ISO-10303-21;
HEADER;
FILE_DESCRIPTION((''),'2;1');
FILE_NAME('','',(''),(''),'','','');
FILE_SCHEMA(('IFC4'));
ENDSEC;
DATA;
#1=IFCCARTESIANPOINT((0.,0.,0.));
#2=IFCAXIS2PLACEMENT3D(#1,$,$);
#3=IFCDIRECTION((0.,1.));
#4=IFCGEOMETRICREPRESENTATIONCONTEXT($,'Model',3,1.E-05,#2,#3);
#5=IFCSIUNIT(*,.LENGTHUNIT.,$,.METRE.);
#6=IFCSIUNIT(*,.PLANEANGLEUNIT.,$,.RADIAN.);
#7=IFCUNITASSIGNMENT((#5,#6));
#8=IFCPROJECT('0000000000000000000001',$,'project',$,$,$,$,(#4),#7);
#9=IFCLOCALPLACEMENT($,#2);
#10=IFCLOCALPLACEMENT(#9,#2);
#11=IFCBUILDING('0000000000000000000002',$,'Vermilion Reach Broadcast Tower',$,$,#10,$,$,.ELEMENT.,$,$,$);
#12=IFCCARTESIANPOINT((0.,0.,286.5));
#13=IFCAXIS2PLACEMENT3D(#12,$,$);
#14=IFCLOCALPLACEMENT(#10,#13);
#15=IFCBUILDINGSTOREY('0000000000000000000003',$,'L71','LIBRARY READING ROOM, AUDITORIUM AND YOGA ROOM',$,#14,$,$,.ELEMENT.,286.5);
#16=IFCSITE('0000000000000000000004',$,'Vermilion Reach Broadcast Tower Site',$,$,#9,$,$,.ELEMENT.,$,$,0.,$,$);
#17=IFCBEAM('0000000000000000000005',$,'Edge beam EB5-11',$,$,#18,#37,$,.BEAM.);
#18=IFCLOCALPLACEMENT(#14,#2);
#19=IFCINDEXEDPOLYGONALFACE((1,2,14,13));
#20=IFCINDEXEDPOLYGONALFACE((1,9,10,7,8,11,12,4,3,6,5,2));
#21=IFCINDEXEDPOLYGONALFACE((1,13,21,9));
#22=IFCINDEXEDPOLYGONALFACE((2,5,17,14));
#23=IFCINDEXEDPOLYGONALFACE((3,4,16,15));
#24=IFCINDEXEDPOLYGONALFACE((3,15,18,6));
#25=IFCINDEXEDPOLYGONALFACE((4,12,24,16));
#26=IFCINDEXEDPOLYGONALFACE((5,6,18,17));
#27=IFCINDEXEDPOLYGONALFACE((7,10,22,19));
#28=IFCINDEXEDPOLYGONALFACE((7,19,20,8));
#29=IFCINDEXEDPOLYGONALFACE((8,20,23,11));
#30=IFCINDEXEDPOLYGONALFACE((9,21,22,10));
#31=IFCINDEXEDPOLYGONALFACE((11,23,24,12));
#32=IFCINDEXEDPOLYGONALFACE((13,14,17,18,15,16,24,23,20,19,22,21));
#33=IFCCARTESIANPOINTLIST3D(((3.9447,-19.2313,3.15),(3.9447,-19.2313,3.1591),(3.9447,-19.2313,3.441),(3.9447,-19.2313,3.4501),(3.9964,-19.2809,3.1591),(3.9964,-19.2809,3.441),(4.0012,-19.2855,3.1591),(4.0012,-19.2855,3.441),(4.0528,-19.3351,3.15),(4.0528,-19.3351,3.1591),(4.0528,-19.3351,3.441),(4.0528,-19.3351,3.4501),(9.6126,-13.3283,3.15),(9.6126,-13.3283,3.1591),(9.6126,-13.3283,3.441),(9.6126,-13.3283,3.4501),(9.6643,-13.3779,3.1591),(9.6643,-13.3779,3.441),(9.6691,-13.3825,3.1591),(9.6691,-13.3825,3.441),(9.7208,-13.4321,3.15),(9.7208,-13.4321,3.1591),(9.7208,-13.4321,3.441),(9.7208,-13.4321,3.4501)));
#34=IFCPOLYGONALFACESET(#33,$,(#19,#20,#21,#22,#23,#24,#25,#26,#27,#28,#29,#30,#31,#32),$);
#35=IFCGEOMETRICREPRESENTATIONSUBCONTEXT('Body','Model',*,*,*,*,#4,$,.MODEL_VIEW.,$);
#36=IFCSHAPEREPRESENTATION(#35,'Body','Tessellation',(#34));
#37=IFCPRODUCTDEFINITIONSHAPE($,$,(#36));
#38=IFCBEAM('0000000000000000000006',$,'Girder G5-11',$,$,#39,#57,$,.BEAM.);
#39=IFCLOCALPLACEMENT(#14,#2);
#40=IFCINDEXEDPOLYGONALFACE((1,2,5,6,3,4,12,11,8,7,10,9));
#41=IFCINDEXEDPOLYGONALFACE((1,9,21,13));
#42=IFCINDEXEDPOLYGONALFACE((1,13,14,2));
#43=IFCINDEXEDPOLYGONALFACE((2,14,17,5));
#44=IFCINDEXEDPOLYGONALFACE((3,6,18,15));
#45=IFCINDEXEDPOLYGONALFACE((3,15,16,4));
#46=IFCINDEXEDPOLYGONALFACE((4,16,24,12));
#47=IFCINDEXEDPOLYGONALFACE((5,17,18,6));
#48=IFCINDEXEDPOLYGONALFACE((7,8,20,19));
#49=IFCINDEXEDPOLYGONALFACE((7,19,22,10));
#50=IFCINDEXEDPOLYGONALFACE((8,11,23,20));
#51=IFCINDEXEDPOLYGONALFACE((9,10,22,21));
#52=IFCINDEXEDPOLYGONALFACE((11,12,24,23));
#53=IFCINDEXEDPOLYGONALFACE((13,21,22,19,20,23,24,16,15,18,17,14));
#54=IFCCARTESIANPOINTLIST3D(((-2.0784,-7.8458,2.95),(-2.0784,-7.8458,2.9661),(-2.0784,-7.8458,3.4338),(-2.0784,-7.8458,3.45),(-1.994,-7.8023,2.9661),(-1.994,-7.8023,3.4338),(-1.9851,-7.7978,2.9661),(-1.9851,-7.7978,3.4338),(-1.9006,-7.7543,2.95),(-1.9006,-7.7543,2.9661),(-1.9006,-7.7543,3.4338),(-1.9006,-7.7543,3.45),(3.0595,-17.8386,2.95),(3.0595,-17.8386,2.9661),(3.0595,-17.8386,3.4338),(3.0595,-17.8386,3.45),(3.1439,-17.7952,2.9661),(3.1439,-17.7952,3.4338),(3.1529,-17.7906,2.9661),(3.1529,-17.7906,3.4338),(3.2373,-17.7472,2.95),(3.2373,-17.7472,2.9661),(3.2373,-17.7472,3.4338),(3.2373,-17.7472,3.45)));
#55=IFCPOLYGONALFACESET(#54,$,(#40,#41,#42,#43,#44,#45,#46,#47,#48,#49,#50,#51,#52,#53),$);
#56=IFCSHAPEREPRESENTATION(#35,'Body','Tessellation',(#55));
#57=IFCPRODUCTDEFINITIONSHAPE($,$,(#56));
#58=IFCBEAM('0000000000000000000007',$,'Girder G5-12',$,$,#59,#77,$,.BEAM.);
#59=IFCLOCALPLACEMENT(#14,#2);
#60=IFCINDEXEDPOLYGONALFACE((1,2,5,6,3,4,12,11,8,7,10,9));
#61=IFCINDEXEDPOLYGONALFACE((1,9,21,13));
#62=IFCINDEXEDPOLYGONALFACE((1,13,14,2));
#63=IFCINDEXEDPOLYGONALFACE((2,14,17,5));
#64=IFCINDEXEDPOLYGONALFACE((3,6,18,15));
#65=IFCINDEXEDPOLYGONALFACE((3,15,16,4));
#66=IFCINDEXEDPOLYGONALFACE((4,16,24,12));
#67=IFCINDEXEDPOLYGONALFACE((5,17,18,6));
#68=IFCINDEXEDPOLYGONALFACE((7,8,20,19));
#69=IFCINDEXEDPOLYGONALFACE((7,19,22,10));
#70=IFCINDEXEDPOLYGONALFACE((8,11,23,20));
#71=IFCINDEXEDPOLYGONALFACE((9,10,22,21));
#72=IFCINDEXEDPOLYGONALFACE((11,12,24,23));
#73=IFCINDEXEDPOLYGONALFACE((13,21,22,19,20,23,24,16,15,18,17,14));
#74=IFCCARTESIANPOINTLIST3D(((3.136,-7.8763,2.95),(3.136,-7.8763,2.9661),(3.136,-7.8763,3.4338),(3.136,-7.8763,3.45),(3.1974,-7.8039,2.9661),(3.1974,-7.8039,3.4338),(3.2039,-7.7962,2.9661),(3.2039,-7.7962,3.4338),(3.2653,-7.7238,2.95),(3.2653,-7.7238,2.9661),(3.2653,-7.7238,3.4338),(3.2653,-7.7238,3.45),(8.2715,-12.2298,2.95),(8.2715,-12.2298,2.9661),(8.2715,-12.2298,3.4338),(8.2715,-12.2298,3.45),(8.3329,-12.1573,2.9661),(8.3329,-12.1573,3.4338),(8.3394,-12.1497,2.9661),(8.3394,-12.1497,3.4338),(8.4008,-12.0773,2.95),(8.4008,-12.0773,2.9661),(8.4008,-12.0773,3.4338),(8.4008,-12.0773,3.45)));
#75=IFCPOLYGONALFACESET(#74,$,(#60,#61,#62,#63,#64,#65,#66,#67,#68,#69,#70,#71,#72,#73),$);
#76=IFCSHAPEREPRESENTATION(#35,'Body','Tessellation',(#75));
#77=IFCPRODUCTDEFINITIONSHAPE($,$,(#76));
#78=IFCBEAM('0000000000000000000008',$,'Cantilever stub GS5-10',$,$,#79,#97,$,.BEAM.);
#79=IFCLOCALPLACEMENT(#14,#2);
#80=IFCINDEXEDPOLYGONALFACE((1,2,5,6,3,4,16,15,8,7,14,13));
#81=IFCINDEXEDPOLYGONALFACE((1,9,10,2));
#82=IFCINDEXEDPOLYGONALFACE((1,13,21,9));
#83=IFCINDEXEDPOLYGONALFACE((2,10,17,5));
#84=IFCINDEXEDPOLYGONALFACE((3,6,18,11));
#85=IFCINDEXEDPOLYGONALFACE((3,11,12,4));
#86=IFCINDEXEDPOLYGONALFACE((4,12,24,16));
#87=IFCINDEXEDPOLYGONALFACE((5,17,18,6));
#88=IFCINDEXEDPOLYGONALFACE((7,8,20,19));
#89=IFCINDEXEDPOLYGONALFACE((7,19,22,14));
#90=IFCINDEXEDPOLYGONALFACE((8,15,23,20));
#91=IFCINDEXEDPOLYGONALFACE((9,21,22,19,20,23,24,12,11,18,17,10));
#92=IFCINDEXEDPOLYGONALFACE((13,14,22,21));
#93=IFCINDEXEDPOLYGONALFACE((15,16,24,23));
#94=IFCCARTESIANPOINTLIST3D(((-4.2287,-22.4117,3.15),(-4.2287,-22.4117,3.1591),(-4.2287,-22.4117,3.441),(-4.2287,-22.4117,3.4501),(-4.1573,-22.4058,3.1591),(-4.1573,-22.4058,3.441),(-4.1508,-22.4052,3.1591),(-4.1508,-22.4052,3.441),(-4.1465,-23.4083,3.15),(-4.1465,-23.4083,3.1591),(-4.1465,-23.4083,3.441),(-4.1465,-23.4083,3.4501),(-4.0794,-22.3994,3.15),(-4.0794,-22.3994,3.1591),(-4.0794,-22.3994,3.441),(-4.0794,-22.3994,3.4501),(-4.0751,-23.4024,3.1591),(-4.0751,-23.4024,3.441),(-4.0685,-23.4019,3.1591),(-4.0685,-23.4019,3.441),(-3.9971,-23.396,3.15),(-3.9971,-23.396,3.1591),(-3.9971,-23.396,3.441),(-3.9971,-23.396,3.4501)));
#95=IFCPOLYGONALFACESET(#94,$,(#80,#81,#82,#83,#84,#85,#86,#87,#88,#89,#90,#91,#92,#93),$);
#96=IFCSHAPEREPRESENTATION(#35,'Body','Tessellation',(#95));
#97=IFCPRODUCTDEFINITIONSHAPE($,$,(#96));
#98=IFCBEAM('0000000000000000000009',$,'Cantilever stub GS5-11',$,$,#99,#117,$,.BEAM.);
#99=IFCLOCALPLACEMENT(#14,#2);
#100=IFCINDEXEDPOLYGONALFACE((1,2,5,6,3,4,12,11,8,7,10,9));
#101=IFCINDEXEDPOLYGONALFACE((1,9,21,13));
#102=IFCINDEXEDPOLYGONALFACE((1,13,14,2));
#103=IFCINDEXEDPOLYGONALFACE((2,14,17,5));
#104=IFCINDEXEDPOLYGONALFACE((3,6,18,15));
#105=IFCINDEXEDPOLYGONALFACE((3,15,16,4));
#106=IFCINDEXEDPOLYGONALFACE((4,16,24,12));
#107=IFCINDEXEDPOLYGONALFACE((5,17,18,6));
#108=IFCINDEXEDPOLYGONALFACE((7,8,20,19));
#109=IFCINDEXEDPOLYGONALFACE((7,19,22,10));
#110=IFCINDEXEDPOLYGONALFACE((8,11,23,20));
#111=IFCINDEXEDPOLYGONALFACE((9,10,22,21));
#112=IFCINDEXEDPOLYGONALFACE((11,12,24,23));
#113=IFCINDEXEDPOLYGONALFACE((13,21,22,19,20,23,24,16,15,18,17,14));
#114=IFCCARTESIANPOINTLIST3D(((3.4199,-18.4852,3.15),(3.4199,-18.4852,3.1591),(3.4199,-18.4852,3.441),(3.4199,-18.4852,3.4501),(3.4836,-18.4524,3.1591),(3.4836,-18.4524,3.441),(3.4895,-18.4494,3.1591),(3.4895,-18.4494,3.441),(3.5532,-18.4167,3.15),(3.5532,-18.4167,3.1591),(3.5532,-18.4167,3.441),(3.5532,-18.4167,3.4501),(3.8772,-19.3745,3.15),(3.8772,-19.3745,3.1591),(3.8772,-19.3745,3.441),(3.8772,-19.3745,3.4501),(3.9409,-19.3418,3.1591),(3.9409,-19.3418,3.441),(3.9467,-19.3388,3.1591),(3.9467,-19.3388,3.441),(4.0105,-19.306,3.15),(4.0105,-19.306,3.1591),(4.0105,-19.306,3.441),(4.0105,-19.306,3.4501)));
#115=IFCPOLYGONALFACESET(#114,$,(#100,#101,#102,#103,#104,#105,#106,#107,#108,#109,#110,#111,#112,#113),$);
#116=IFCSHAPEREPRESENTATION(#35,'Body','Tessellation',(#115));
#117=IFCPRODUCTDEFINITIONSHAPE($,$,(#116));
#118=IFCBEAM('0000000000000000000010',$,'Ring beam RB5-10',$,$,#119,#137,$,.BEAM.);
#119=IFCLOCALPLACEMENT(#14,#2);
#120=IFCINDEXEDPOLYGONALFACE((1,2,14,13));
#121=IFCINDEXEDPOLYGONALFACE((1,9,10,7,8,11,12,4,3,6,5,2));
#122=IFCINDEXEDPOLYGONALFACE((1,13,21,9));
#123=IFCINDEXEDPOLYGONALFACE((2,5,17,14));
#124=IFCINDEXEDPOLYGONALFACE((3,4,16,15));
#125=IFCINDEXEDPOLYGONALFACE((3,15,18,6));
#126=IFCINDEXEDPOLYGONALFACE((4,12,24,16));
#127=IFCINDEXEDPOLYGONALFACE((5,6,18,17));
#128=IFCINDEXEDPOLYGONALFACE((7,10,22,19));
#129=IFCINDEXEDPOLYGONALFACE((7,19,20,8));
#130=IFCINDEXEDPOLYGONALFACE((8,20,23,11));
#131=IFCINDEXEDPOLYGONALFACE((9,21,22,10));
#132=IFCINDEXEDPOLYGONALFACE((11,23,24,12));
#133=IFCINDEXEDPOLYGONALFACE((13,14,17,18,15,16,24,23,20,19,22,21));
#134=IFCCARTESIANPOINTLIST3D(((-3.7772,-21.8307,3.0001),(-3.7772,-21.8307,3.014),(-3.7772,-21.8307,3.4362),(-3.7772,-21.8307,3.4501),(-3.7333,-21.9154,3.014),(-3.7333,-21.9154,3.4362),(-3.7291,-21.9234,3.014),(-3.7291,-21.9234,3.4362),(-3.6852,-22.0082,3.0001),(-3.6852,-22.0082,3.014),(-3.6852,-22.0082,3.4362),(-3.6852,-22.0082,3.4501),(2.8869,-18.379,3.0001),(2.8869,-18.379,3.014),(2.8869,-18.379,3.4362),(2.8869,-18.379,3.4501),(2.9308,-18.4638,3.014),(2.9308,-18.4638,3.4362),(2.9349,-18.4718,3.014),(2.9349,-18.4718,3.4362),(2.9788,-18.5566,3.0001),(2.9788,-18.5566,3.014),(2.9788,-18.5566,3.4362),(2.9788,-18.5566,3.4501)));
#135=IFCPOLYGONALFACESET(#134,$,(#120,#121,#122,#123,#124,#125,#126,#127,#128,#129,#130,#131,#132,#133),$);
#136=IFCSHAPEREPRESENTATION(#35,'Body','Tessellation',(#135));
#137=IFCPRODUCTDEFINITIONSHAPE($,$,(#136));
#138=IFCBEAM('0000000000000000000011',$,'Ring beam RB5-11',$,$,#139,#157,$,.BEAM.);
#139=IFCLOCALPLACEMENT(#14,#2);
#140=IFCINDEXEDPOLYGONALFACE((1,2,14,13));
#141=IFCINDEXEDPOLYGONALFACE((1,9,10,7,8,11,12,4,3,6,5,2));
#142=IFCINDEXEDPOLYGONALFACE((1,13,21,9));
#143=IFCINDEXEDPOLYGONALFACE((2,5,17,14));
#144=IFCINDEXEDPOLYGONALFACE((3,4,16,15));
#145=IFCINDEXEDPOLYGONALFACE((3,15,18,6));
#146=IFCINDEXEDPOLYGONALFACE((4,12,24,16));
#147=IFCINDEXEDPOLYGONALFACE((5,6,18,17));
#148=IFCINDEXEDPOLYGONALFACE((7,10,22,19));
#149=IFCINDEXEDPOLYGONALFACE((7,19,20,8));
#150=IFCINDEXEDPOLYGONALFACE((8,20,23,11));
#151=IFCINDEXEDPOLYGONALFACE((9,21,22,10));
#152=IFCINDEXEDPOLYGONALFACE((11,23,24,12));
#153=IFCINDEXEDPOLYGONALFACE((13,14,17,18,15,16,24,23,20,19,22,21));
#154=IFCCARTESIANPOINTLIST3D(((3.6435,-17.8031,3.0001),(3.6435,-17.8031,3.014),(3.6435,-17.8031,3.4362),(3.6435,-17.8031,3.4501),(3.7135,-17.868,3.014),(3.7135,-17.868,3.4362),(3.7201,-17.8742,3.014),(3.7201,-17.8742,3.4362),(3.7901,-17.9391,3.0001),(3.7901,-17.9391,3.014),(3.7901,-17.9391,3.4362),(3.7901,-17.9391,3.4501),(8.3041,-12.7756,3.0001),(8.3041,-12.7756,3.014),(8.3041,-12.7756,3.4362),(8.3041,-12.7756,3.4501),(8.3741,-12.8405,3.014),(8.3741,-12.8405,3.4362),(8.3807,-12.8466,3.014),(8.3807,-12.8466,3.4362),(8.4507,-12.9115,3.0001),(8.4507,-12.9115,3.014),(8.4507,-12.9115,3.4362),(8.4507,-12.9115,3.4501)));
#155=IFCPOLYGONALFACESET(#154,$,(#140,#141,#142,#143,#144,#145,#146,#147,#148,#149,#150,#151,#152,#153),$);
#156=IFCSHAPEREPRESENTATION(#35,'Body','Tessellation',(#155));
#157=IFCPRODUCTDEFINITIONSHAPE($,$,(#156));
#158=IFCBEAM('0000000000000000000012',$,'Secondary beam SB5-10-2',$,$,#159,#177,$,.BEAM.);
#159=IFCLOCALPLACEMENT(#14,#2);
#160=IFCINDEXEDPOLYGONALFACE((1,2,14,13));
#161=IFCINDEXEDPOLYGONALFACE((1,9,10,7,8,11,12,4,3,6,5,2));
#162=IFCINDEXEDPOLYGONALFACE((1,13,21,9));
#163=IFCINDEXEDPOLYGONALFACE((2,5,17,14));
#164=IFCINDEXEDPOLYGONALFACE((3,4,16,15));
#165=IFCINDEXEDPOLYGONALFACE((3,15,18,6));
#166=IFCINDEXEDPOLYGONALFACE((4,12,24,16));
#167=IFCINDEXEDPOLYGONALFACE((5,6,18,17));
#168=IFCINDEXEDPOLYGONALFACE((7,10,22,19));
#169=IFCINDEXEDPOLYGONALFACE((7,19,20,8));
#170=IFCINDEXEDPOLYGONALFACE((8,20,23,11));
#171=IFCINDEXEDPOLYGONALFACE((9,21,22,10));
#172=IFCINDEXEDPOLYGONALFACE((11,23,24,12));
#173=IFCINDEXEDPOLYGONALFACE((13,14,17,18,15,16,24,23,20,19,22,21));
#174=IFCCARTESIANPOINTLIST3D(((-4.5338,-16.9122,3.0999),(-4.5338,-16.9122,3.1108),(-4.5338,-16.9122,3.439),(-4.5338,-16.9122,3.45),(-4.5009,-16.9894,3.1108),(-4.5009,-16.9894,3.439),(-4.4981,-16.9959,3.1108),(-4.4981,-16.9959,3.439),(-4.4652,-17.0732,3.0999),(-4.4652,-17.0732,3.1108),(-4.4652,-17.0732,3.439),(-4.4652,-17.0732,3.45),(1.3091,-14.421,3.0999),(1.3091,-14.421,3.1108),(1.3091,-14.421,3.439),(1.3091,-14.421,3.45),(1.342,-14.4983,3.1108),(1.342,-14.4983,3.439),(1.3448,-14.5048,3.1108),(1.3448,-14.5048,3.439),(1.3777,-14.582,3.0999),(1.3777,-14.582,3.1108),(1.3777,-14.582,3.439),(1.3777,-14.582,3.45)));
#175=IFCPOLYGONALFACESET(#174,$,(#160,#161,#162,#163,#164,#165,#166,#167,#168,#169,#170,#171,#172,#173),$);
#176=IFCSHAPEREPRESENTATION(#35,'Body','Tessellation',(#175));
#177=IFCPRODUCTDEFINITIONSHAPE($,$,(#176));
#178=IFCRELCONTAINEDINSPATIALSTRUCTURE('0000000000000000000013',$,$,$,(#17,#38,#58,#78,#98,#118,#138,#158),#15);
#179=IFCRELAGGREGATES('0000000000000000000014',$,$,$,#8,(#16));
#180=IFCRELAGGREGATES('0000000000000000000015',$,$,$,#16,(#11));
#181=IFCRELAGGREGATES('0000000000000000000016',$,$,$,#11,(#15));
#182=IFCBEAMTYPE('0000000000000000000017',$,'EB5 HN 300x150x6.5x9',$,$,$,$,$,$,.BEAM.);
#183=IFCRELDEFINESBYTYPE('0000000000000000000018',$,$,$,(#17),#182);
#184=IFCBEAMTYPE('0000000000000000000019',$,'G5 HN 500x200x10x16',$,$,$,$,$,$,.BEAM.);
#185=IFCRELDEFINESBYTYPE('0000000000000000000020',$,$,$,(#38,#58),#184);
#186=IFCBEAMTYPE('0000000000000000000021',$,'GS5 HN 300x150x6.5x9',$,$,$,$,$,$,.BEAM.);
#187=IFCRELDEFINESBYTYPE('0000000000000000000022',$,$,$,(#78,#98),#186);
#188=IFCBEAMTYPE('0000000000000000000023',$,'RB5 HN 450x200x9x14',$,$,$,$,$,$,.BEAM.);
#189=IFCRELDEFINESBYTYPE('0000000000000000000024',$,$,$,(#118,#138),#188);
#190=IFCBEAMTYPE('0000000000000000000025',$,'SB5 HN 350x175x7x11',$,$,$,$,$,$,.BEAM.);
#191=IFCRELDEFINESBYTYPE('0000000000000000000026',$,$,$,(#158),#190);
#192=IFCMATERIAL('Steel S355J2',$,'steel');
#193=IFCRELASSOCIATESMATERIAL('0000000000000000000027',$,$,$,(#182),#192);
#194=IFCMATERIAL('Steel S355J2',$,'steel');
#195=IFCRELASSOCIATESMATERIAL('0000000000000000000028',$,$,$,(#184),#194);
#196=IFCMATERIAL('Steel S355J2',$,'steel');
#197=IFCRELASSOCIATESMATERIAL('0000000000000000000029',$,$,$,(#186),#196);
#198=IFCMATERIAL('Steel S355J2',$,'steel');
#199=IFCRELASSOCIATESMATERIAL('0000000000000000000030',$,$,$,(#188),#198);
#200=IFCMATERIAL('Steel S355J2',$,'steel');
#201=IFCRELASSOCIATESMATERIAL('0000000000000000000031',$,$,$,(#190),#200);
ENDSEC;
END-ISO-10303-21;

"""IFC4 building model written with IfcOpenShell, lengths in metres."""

from ifc_helpers import new_model, si_unit, direction, frame, origin, origin_2d, place, context, subcontext, project, spatial, i_section, extrude, material, material_profile, profile_set, type_object, element, save


model = new_model("IFC4")

# Units and contexts
model_context = context("Model", 3, precision=1e-05, world=origin(), true_north=direction((0.0, 1.0)))
body_context = subcontext(model_context, "Body", "Model", "MODEL_VIEW")
ifc_project = project(units=[si_unit("LENGTHUNIT", "METRE"), si_unit("PLANEANGLEUNIT", "RADIAN")], contexts=[model_context])

# Site, building, storey
site_placement = place(None, origin())
site = spatial("IfcSite", under=ifc_project, at=site_placement, Name="Vermilion Reach Broadcast Tower Site", CompositionType="ELEMENT", RefElevation=0.0)
building_placement = place(site_placement, origin())
building = spatial("IfcBuilding", under=site, at=building_placement, Name="Vermilion Reach Broadcast Tower", CompositionType="ELEMENT")
storey_placement = place(building_placement, frame((0.0, 0.0, 286.5)))
storey = spatial("IfcBuildingStorey", under=building, at=storey_placement, Name="L71", Description="LIBRARY READING ROOM, AUDITORIUM AND YOGA ROOM", CompositionType="ELEMENT", Elevation=286.5)

# Beams
ifc_material_1 = material(Name="Steel S355J2", Category="steel")
ifc_material_profile_1 = material_profile(ifc_material_1, i_section(OverallWidth=0.1499, OverallDepth=0.3, WebThickness=0.0066, FlangeThickness=0.009, at=origin_2d()), Name="S355J2 HN 300x150x6.5x9")
ifc_profile_set_1 = profile_set([ifc_material_profile_1], Name="Steel S355J2")
beam_type_1 = type_object("IfcBeamType", Name="EB5 HN 300x150x6.5x9", PredefinedType="BEAM", material=ifc_profile_set_1)
beam_1_placement = place(storey_placement, frame((3.9988, -19.2832, 3.3), z_axis=(0.692596, 0.721325, 0.0), x_axis=(-0.721325, 0.692596, 0.0)))
element("IfcBeam", 1, at=beam_1_placement, inside=storey, type_object=beam_type_1, Name="Edge beam EB5-11", PredefinedType="BEAM", context=body_context, shape_type="SweptSolid", body=[
    extrude(i_section(OverallWidth=0.1499, OverallDepth=0.3, WebThickness=0.0066, FlangeThickness=0.009, at=origin_2d()), origin(), (0.0, 0.0, 1.0), 8.1836),
])
ifc_material_2 = material(Name="Steel S355J2", Category="steel")
ifc_material_profile_2 = material_profile(ifc_material_2, i_section(OverallWidth=0.2, OverallDepth=0.5, WebThickness=0.01, FlangeThickness=0.0161, at=origin_2d()), Name="S355J2 HN 500x200x10x16")
ifc_profile_set_2 = profile_set([ifc_material_profile_2], Name="Steel S355J2")
beam_type_2 = type_object("IfcBeamType", Name="G5 HN 500x200x10x16", PredefinedType="BEAM", material=ifc_profile_set_2)
beam_2_placement = place(storey_placement, frame((-1.9895, -7.8, 3.2), z_axis=(0.457258, -0.889334, 0.0), x_axis=(0.889334, 0.457258, 0.0)))
element("IfcBeam", 2, at=beam_2_placement, inside=storey, type_object=beam_type_2, Name="Girder G5-11", PredefinedType="BEAM", context=body_context, shape_type="SweptSolid", body=[
    extrude(i_section(OverallWidth=0.2, OverallDepth=0.5, WebThickness=0.01, FlangeThickness=0.0161, at=origin_2d()), origin(), (0.0, 0.0, 1.0), 11.2363),
])
beam_3_placement = place(storey_placement, frame((3.2007, -7.8, 3.2), z_axis=(0.762793, -0.646643, 0.0), x_axis=(0.646643, 0.762793, 0.0)))
element("IfcBeam", 3, at=beam_3_placement, inside=storey, type_object=beam_type_2, Name="Girder G5-12", PredefinedType="BEAM", context=body_context, shape_type="SweptSolid", body=[
    extrude(i_section(OverallWidth=0.2, OverallDepth=0.5, WebThickness=0.01, FlangeThickness=0.0161, at=origin_2d()), origin(), (0.0, 0.0, 1.0), 6.7324),
])
ifc_material_3 = material(Name="Steel S355J2", Category="steel")
ifc_material_profile_3 = material_profile(ifc_material_3, i_section(OverallWidth=0.1499, OverallDepth=0.3, WebThickness=0.0066, FlangeThickness=0.009, at=origin_2d()), Name="S355J2 HN 300x150x6.5x9")
ifc_profile_set_3 = profile_set([ifc_material_profile_3], Name="Steel S355J2")
beam_type_3 = type_object("IfcBeamType", Name="GS5 HN 300x150x6.5x9", PredefinedType="BEAM", material=ifc_profile_set_3)
for number, where, z_axis, x_axis, name in (
    (4, (-4.1541, -22.4055, 3.3), (0.082278, -0.996609, 0.0), (0.996609, 0.082278, 0.0), "Cantilever stub GS5-10"),
    (5, (3.4866, -18.4509, 3.3), (0.457243, -0.889342, 0.0), (0.889342, 0.457243, 0.0), "Cantilever stub GS5-11"),
):
    element("IfcBeam", number, at=place(storey_placement, frame(where, z_axis=z_axis, x_axis=x_axis)), inside=storey, type_object=beam_type_3, Name=name, PredefinedType="BEAM", context=body_context, shape_type="SweptSolid", body=[
        extrude(i_section(OverallWidth=0.1499, OverallDepth=0.3, WebThickness=0.0066, FlangeThickness=0.009, at=origin_2d()), origin(), (0.0, 0.0, 1.0), 1.0),
    ])
ifc_material_4 = material(Name="Steel S355J2", Category="steel")
ifc_material_profile_4 = material_profile(ifc_material_4, i_section(OverallWidth=0.2, OverallDepth=0.45, WebThickness=0.009, FlangeThickness=0.0139, at=origin_2d()), Name="S355J2 HN 450x200x9x14")
ifc_profile_set_4 = profile_set([ifc_material_profile_4], Name="Steel S355J2")
beam_type_4 = type_object("IfcBeamType", Name="RB5 HN 450x200x9x14", PredefinedType="BEAM", material=ifc_profile_set_4)
beam_4_placement = place(storey_placement, frame((-3.7312, -21.9194, 3.2251), z_axis=(0.88796, 0.45992, 0.0), x_axis=(-0.45992, 0.88796, 0.0)))
element("IfcBeam", 6, at=beam_4_placement, inside=storey, type_object=beam_type_4, Name="Ring beam RB5-10", PredefinedType="BEAM", context=body_context, shape_type="SweptSolid", body=[
    extrude(i_section(OverallWidth=0.2, OverallDepth=0.45, WebThickness=0.009, FlangeThickness=0.0139, at=origin_2d()), origin(), (0.0, 0.0, 1.0), 7.5049),
])
beam_5_placement = place(storey_placement, frame((3.7168, -17.8711, 3.2251), z_axis=(0.679838, 0.733363, 0.0), x_axis=(-0.733363, 0.679838, 0.0)))
element("IfcBeam", 7, at=beam_5_placement, inside=storey, type_object=beam_type_4, Name="Ring beam RB5-11", PredefinedType="BEAM", context=body_context, shape_type="SweptSolid", body=[
    extrude(i_section(OverallWidth=0.2, OverallDepth=0.45, WebThickness=0.009, FlangeThickness=0.0139, at=origin_2d()), origin(), (0.0, 0.0, 1.0), 6.8555),
])
ifc_material_5 = material(Name="Steel S355J2", Category="steel")
ifc_material_profile_5 = material_profile(ifc_material_5, i_section(OverallWidth=0.175, OverallDepth=0.3501, WebThickness=0.0071, FlangeThickness=0.011, at=origin_2d()), Name="S355J2 HN 350x175x7x11")
ifc_profile_set_5 = profile_set([ifc_material_profile_5], Name="Steel S355J2")
beam_type_5 = type_object("IfcBeamType", Name="SB5 HN 350x175x7x11", PredefinedType="BEAM", material=ifc_profile_set_5)
beam_6_placement = place(storey_placement, frame((-4.4995, -16.9927, 3.2749), z_axis=(0.919881, 0.392198, 0.0), x_axis=(-0.392198, 0.919881, 0.0)))
element("IfcBeam", 8, at=beam_6_placement, inside=storey, type_object=beam_type_5, Name="Secondary beam SB5-10-2", PredefinedType="BEAM", context=body_context, shape_type="SweptSolid", body=[
    extrude(i_section(OverallWidth=0.175, OverallDepth=0.3501, WebThickness=0.0071, FlangeThickness=0.011, at=origin_2d()), origin(), (0.0, 0.0, 1.0), 6.3518),
])

save(model, "model.ifc")
